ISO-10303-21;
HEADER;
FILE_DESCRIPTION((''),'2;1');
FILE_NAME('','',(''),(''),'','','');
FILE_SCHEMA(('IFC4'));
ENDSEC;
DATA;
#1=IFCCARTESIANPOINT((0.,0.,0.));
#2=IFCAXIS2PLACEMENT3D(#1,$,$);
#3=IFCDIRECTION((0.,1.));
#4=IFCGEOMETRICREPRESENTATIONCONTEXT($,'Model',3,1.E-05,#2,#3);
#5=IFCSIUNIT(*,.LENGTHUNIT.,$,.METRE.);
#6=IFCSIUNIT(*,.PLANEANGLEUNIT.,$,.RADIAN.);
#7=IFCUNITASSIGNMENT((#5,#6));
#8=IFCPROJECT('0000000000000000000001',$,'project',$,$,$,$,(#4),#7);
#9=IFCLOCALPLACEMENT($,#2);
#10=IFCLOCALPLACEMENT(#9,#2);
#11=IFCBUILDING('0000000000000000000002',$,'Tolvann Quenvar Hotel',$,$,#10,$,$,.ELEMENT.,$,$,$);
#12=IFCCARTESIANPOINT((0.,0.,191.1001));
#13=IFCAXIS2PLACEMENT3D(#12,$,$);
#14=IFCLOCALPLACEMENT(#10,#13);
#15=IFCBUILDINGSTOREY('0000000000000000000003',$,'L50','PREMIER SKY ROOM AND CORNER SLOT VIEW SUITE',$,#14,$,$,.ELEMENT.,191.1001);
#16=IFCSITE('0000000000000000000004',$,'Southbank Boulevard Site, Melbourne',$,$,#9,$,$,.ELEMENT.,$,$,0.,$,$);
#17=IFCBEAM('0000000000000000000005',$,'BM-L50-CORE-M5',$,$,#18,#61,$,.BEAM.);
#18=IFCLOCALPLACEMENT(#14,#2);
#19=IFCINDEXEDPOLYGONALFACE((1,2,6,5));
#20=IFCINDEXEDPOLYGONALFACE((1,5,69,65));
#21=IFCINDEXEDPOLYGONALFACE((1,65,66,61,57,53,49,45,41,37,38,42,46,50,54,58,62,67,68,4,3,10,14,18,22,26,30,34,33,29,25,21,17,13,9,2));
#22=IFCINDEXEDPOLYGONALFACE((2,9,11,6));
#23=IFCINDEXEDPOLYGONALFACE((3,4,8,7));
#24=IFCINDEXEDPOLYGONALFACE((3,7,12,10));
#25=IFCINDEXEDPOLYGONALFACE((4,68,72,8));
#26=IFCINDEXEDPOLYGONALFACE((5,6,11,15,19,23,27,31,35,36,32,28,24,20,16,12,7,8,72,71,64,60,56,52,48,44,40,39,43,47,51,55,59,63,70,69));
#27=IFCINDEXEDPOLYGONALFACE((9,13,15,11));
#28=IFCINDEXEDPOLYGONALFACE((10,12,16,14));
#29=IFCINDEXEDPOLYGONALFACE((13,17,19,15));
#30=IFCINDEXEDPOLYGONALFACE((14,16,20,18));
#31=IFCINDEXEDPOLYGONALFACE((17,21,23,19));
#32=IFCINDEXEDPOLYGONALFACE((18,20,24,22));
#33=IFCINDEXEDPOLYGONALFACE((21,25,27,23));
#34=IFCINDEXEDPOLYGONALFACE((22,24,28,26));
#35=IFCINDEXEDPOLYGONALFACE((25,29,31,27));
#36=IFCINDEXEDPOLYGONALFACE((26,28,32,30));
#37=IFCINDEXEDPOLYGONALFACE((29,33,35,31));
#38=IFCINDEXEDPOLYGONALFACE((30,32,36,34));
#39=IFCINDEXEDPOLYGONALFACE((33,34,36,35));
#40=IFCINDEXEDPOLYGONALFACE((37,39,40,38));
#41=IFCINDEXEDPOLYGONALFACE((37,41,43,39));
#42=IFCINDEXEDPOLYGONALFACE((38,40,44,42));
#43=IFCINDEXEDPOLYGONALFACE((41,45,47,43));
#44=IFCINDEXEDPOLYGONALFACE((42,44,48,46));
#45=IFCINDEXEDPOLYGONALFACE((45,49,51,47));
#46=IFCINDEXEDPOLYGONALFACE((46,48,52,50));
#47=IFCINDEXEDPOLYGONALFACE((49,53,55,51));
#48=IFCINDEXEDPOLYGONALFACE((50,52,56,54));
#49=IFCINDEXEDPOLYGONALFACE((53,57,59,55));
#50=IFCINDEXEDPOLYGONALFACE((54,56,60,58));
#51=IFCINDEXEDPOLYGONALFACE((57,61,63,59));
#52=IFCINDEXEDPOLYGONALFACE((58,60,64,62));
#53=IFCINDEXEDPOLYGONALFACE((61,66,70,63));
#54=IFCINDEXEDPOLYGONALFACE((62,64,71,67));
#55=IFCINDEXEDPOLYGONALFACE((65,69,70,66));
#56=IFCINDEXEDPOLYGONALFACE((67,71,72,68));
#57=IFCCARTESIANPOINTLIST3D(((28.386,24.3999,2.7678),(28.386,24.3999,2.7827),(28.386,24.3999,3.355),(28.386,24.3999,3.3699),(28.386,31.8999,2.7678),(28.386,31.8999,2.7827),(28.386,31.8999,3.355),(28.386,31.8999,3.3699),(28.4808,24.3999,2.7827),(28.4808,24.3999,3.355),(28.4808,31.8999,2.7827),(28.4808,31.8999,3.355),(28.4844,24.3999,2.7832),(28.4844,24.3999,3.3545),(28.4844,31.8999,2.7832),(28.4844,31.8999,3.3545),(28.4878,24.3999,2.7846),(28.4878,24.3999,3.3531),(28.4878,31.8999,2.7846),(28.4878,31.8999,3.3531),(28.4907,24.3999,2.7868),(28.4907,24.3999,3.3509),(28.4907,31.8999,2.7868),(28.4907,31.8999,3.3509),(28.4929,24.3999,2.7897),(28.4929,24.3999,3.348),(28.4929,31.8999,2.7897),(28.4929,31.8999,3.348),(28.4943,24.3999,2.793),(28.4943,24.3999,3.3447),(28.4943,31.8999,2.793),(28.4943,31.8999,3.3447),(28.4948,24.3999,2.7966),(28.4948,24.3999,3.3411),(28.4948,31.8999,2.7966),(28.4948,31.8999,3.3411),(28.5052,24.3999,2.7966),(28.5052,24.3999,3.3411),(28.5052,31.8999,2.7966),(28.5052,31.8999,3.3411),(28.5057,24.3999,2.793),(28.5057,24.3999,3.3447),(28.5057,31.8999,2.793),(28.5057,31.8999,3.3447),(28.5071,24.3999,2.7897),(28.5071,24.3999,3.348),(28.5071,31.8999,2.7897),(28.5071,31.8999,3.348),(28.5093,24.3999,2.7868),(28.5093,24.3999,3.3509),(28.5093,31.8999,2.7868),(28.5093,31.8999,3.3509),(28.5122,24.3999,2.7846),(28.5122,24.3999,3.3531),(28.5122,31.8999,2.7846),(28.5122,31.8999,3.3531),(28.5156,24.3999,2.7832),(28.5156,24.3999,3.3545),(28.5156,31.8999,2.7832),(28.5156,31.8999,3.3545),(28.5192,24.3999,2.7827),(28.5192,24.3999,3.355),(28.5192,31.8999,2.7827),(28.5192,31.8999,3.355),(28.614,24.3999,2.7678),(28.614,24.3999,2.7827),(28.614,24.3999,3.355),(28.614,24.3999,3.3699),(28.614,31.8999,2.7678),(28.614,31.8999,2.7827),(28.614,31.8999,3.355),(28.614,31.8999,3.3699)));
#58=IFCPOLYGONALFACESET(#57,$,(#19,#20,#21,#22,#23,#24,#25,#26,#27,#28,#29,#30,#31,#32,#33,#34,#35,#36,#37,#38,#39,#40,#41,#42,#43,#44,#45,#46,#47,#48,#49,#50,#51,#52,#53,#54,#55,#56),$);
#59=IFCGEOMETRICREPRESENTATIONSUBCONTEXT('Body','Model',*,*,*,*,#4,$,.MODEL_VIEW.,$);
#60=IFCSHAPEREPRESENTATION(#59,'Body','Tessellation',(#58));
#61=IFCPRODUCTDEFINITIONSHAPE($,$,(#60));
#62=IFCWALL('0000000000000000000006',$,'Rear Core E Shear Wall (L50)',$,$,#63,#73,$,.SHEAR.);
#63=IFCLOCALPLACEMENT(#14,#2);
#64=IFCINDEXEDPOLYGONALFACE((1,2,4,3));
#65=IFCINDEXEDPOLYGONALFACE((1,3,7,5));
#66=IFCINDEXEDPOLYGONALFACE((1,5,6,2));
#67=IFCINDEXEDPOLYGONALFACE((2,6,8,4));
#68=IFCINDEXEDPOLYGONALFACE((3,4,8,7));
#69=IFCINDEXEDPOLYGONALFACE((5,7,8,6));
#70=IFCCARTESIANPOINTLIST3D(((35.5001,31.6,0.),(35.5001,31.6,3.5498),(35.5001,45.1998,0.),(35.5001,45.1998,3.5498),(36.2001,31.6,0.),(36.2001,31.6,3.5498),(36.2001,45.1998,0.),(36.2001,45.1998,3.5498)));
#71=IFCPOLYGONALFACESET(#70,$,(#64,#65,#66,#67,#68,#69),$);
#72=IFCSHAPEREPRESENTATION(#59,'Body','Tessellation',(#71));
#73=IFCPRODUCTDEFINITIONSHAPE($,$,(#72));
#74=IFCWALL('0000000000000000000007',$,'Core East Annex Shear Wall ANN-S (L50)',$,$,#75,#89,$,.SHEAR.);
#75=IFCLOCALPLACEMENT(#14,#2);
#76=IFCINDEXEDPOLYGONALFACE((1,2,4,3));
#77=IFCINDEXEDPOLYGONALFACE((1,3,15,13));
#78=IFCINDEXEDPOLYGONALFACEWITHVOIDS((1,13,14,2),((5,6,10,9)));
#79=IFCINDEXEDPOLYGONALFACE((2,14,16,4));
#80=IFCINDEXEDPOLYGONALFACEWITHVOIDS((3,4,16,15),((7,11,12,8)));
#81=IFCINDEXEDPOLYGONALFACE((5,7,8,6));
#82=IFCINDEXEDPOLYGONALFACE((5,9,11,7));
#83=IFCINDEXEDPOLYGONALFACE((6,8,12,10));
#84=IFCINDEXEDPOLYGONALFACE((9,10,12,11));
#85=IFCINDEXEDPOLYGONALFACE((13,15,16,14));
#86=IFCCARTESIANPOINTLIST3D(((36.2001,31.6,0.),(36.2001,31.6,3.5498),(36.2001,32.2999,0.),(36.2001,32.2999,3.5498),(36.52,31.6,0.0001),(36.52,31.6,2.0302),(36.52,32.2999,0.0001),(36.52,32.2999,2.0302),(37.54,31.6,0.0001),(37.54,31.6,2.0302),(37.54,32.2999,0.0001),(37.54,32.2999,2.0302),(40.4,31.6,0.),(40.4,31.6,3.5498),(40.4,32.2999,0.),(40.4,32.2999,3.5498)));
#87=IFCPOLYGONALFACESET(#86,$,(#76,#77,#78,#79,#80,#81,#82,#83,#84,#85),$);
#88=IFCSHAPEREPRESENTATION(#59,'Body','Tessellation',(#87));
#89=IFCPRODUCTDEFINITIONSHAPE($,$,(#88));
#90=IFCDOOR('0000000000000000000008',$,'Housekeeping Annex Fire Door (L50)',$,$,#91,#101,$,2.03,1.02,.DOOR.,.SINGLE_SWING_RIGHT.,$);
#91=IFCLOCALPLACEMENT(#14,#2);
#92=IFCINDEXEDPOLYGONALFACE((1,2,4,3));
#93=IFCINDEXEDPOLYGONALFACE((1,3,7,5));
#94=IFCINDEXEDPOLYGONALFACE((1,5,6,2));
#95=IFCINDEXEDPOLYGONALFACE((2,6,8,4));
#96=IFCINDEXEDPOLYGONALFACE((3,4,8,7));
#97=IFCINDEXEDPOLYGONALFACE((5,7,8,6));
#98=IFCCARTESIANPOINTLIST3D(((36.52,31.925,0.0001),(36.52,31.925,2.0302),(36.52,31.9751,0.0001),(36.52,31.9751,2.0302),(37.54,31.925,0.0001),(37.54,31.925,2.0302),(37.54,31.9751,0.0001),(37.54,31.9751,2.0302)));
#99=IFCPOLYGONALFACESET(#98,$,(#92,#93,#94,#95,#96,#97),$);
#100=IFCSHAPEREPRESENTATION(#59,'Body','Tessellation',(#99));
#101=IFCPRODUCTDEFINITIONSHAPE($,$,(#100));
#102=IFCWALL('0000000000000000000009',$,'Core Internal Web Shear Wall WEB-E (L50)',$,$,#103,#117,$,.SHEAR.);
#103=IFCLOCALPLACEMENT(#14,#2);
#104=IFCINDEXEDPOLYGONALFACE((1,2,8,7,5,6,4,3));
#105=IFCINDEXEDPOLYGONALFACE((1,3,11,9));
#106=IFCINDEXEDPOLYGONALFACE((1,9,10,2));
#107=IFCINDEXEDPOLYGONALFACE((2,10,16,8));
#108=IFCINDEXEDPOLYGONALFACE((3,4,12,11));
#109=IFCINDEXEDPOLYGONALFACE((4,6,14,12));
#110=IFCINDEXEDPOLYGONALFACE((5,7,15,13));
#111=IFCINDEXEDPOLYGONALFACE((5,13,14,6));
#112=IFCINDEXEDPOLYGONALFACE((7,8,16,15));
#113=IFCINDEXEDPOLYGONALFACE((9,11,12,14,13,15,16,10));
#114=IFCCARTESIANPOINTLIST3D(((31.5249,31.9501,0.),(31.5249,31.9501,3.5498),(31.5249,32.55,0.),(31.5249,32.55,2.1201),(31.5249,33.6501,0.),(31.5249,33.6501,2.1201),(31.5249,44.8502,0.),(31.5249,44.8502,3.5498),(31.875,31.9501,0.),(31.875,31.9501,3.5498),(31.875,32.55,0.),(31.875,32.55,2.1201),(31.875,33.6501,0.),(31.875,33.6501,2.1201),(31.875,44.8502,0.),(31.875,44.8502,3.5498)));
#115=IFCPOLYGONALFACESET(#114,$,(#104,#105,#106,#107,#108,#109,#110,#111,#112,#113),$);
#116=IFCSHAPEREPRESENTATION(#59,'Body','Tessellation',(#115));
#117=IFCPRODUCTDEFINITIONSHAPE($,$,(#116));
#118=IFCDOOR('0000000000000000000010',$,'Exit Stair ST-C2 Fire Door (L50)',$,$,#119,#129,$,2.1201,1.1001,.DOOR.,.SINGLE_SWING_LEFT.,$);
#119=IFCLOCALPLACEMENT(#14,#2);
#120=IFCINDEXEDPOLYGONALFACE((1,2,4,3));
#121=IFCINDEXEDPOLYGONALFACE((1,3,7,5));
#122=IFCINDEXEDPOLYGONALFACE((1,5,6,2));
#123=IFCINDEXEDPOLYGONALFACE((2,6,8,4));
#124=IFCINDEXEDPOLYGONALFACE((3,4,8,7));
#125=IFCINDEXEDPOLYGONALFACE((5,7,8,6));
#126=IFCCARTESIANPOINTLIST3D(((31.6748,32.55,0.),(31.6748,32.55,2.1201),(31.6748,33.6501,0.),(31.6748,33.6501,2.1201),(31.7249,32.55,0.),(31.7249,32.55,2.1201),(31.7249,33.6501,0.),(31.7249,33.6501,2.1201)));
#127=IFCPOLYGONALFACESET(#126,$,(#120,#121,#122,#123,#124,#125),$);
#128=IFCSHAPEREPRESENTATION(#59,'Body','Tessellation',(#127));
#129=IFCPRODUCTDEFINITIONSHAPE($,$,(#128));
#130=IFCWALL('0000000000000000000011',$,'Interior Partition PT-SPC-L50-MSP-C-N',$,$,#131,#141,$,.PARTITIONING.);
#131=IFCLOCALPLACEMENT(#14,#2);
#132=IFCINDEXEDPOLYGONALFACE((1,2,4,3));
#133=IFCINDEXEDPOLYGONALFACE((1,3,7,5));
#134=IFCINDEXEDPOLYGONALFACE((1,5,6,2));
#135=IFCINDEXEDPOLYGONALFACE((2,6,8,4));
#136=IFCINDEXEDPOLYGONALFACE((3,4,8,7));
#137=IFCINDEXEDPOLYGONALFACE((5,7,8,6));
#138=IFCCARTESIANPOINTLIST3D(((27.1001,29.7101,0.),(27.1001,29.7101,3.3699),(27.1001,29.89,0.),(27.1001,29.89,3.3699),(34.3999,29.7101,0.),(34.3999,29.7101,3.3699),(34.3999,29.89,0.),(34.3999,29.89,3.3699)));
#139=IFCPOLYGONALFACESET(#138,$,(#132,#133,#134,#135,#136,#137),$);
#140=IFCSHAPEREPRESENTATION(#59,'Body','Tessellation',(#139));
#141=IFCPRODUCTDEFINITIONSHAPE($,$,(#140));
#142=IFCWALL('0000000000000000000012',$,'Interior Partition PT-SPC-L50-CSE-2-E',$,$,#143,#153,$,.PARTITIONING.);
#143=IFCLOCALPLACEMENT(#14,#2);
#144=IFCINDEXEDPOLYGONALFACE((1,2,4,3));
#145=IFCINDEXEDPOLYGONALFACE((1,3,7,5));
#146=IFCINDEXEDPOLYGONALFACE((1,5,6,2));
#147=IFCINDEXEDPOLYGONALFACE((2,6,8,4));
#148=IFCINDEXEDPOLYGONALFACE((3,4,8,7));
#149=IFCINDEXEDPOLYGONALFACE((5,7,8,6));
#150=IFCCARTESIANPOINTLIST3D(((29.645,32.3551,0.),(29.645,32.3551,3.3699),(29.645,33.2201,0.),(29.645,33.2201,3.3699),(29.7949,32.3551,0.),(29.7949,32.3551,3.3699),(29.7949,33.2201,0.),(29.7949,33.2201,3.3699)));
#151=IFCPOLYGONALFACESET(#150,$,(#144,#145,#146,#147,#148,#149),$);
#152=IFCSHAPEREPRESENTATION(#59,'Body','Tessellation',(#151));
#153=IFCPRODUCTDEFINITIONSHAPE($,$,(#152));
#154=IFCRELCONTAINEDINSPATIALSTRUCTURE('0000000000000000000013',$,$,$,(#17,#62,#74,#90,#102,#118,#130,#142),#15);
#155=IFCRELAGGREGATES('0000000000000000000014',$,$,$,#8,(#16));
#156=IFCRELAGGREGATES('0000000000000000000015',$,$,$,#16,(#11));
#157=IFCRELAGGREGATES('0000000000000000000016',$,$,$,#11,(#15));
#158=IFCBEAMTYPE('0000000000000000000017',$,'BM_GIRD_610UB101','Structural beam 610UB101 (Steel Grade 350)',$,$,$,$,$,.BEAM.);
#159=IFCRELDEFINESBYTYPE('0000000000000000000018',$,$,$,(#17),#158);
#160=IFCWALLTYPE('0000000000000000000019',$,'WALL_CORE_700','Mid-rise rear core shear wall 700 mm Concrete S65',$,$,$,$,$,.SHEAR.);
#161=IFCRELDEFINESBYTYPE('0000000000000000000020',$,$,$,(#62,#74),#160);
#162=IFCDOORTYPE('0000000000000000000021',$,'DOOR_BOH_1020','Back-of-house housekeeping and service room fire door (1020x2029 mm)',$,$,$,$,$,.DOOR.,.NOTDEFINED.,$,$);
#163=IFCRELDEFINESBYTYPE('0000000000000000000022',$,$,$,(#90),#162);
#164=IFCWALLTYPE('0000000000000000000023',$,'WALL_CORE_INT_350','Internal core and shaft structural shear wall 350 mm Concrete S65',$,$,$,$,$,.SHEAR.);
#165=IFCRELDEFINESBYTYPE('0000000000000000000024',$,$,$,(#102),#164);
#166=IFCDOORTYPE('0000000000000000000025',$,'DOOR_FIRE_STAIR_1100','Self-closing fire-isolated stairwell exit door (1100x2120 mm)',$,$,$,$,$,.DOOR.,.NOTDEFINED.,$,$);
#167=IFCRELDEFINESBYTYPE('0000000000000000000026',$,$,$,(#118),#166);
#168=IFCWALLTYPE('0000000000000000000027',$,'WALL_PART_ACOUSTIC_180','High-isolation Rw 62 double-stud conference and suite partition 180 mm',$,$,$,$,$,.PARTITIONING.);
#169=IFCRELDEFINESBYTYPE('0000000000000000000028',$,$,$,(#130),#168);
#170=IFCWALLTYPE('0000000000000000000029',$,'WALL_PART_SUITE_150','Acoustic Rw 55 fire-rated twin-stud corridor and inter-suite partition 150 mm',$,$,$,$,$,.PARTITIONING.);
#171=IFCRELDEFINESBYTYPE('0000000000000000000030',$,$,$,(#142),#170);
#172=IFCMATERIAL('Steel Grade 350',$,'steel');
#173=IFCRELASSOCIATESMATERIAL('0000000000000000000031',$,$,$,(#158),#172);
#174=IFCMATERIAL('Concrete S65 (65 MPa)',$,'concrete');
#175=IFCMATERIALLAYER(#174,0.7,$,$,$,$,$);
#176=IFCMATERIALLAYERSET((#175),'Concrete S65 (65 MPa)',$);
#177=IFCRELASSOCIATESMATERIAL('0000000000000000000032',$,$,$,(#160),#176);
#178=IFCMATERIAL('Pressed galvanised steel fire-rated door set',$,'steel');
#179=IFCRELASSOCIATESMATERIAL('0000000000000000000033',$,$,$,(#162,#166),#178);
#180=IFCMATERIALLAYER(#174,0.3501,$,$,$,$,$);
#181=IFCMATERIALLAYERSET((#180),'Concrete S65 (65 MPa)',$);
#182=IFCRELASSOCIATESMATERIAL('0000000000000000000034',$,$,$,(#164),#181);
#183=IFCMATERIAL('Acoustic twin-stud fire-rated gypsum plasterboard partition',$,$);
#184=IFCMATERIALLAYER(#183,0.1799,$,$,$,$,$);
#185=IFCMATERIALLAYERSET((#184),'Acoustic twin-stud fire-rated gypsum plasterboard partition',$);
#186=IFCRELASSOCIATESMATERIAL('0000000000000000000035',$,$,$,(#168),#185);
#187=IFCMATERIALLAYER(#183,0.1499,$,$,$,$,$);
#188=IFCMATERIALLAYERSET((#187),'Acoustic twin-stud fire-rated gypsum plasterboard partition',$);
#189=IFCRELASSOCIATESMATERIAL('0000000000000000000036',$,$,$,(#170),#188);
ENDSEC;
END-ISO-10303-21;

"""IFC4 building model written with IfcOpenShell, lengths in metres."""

from ifc_helpers import new_model, si_unit, direction, frame, frame_2d, origin, origin_2d, place, context, subcontext, project, spatial, rectangle, i_section, extrude, source, transform, mapped, material, layer, layer_set, material_profile, profile_set, type_object, type_shapes, element, fill, save


model = new_model("IFC4")

# Units and contexts
model_context = context("Model", 3, precision=1e-05, world=origin(), true_north=direction((0.0, 1.0)))
body_context = subcontext(model_context, "Body", "Model", "MODEL_VIEW")
ifc_project = project(units=[si_unit("LENGTHUNIT", "METRE"), si_unit("PLANEANGLEUNIT", "RADIAN")], contexts=[model_context])

# Site, building, storey
site_placement = place(None, origin())
site = spatial("IfcSite", under=ifc_project, at=site_placement, Name="Southbank Boulevard Site, Melbourne", CompositionType="ELEMENT", RefElevation=0.0)
building_placement = place(site_placement, origin())
building = spatial("IfcBuilding", under=site, at=building_placement, Name="Tolvann Quenvar Hotel", CompositionType="ELEMENT")
storey_placement = place(building_placement, frame((0.0, 0.0, 191.1001)))
storey = spatial("IfcBuildingStorey", under=building, at=storey_placement, Name="L50", Description="PREMIER SKY ROOM AND CORNER SLOT VIEW SUITE", CompositionType="ELEMENT", Elevation=191.1001)

# Beam
ifc_material_1 = material(Name="Steel Grade 350", Category="steel")
ifc_material_profile_1 = material_profile(ifc_material_1, i_section(OverallWidth=0.228, OverallDepth=0.6021, WebThickness=0.0105, FlangeThickness=0.0149, FilletRadius=0.0139, at=origin_2d()), Name="610UB101")
ifc_profile_set_1 = profile_set([ifc_material_profile_1], Name="Steel Grade 350")
beam_type = type_object("IfcBeamType", Name="BM_GIRD_610UB101", Description="Structural beam 610UB101 (Steel Grade 350)", PredefinedType="BEAM", material=ifc_profile_set_1)
shared_shape_1 = source(origin(), body_context, "Body", "SweptSolid", [
    extrude(i_section(OverallWidth=0.228, OverallDepth=0.6021, WebThickness=0.0105, FlangeThickness=0.0149, FilletRadius=0.0139, at=origin_2d()), origin(), (0.0, 0.0, 1.0), 7.5),
])
for number, where, z_axis, x_axis, name in (
    (1, (28.5, 24.3999, 3.0688), (0.0, 1.0, 0.0), (-1.0, 0.0, 0.0), "BM-L50-CORE-M5"),
):
    element("IfcBeam", number, at=place(storey_placement, frame(where, z_axis=z_axis, x_axis=x_axis)), inside=storey, type_object=beam_type, Name=name, PredefinedType="BEAM", context=body_context, shape_type="MappedRepresentation", body=[
        mapped(shared_shape_1, transform((0.0, 0.0, 0.0), x_axis=(1.0, 0.0, 0.0), y_axis=(0.0, 1.0, 0.0), z_axis=(0.0, 0.0, 1.0), scale=1.0)),
    ])

# Wall
ifc_material_2 = material(Name="Concrete S65 (65 MPa)", Category="concrete")
ifc_layer_1 = layer(ifc_material_2, 0.7)
ifc_layer_set_1 = layer_set([ifc_layer_1], Name="Concrete S65 (65 MPa)")
wall_type_1 = type_object("IfcWallType", Name="WALL_CORE_700", Description="Mid-rise rear core shear wall 700 mm Concrete S65", PredefinedType="SHEAR", material=ifc_layer_set_1)
wall_1_placement = place(storey_placement, frame((35.8501, 31.6001, 0.0), z_axis=(0.0, 0.0, 1.0), x_axis=(0.0, 1.0, 0.0)))
element("IfcWall", 2, at=wall_1_placement, inside=storey, type_object=wall_type_1, Name="Rear Core E Shear Wall (L50)", PredefinedType="SHEAR", context=body_context, shape_type="SweptSolid", body=[
    extrude(rectangle(XDim=13.5999, YDim=0.7, at=frame_2d((6.7998, 0.0))), origin(), (0.0, 0.0, 1.0), 3.5498),
])

# Walls, openings, doors
wall_2_placement = place(storey_placement, frame((36.2, 31.95, 0.0), z_axis=(0.0, 0.0, 1.0), x_axis=(1.0, 0.0, 0.0)))
wall_2 = element("IfcWall", 3, at=wall_2_placement, inside=storey, type_object=wall_type_1, Name="Core East Annex Shear Wall ANN-S (L50)", PredefinedType="SHEAR", context=body_context, shape_type="SweptSolid", body=[
    extrude(rectangle(XDim=4.2, YDim=0.7, at=frame_2d((2.1001, 0.0))), origin(), (0.0, 0.0, 1.0), 3.5498),
])
opening_1_placement = place(wall_2_placement, frame((1.3401, 0.0, 0.0), z_axis=(0.0, 0.0, 1.0), x_axis=(-1.0, 0.0, 0.0)))
opening_1 = element("IfcOpeningElement", 4, at=opening_1_placement, cuts=wall_2, PredefinedType="OPENING", context=body_context, shape_type="SweptSolid", body=[
    extrude(rectangle(XDim=1.02, YDim=2.03, at=frame_2d((0.51, 1.0151))), frame((0.0, 0.3599, 0.0), z_axis=(0.0, -1.0, 0.0), x_axis=(1.0, 0.0, 0.0)), (0.0, 0.0, 1.0), 0.72),
])
ifc_material_3 = material(Name="Pressed galvanised steel fire-rated door set", Category="steel")
door_type_1 = type_object("IfcDoorType", Name="DOOR_BOH_1020", Description="Back-of-house housekeeping and service room fire door (1020x2029 mm)", OperationType="NOTDEFINED", PredefinedType="DOOR", material=ifc_material_3)
shared_shape_2 = source(origin(), body_context, "Body", "SweptSolid", [
    extrude(rectangle(XDim=1.02, YDim=2.03, at=frame_2d((0.51, 1.0151))), frame((0.0, 0.0249, 0.0), z_axis=(0.0, -1.0, 0.0), x_axis=(1.0, 0.0, 0.0)), (0.0, 0.0, 1.0), 0.05),
])
type_shapes(door_type_1, [shared_shape_2])
door_1_placement = place(opening_1_placement, origin())
door_1 = element("IfcDoor", 5, at=door_1_placement, inside=storey, type_object=door_type_1, Name="Housekeeping Annex Fire Door (L50)", OperationType="SINGLE_SWING_RIGHT", OverallHeight=2.03, OverallWidth=1.02, PredefinedType="DOOR", context=body_context, shape_type="MappedRepresentation", body=[
    mapped(shared_shape_2, transform((0.0, 0.0, 0.0), x_axis=(1.0, 0.0, 0.0), y_axis=(0.0, 1.0, 0.0), z_axis=(0.0, 0.0, 1.0), scale=1.0)),
])
fill(opening_1, door_1)
ifc_layer_2 = layer(ifc_material_2, 0.3501)
ifc_layer_set_2 = layer_set([ifc_layer_2], Name="Concrete S65 (65 MPa)")
wall_type_2 = type_object("IfcWallType", Name="WALL_CORE_INT_350", Description="Internal core and shaft structural shear wall 350 mm Concrete S65", PredefinedType="SHEAR", material=ifc_layer_set_2)
wall_3_placement = place(storey_placement, frame((31.7, 31.95, 0.0), z_axis=(0.0, 0.0, 1.0), x_axis=(0.0, 1.0, 0.0)))
wall_3 = element("IfcWall", 6, at=wall_3_placement, inside=storey, type_object=wall_type_2, Name="Core Internal Web Shear Wall WEB-E (L50)", PredefinedType="SHEAR", context=body_context, shape_type="SweptSolid", body=[
    extrude(rectangle(XDim=12.9001, YDim=0.3501, at=frame_2d((6.4502, 0.0))), origin(), (0.0, 0.0, 1.0), 3.5498),
])
opening_2_placement = place(wall_3_placement, frame((1.7002, 0.0, 0.0), z_axis=(0.0, 0.0, 1.0), x_axis=(-1.0, 0.0, 0.0)))
opening_2 = element("IfcOpeningElement", 7, at=opening_2_placement, cuts=wall_3, PredefinedType="OPENING", context=body_context, shape_type="SweptSolid", body=[
    extrude(rectangle(XDim=1.1001, YDim=2.1201, at=frame_2d((0.55, 1.0601))), frame((0.0, 0.1851, 0.0), z_axis=(0.0, -1.0, 0.0), x_axis=(1.0, 0.0, 0.0)), (0.0, 0.0, 1.0), 0.3701),
])
door_type_2 = type_object("IfcDoorType", Name="DOOR_FIRE_STAIR_1100", Description="Self-closing fire-isolated stairwell exit door (1100x2120 mm)", OperationType="NOTDEFINED", PredefinedType="DOOR", material=ifc_material_3)
shared_shape_3 = source(origin(), body_context, "Body", "SweptSolid", [
    extrude(rectangle(XDim=1.1001, YDim=2.1201, at=frame_2d((0.55, 1.0601))), frame((0.0, 0.0249, 0.0), z_axis=(0.0, -1.0, 0.0), x_axis=(1.0, 0.0, 0.0)), (0.0, 0.0, 1.0), 0.05),
])
type_shapes(door_type_2, [shared_shape_3])
door_2_placement = place(opening_2_placement, origin())
door_2 = element("IfcDoor", 8, at=door_2_placement, inside=storey, type_object=door_type_2, Name="Exit Stair ST-C2 Fire Door (L50)", OperationType="SINGLE_SWING_LEFT", OverallHeight=2.1201, OverallWidth=1.1001, PredefinedType="DOOR", context=body_context, shape_type="MappedRepresentation", body=[
    mapped(shared_shape_3, transform((0.0, 0.0, 0.0), x_axis=(1.0, 0.0, 0.0), y_axis=(0.0, 1.0, 0.0), z_axis=(0.0, 0.0, 1.0), scale=1.0)),
])
fill(opening_2, door_2)

# Walls
ifc_material_4 = material(Name="Acoustic twin-stud fire-rated gypsum plasterboard partition")
ifc_layer_3 = layer(ifc_material_4, 0.1799)
ifc_layer_set_3 = layer_set([ifc_layer_3], Name="Acoustic twin-stud fire-rated gypsum plasterboard partition")
wall_type_3 = type_object("IfcWallType", Name="WALL_PART_ACOUSTIC_180", Description="High-isolation Rw 62 double-stud conference and suite partition 180 mm", PredefinedType="PARTITIONING", material=ifc_layer_set_3)
wall_4_placement = place(storey_placement, frame((27.1001, 29.8, 0.0), z_axis=(0.0, 0.0, 1.0), x_axis=(1.0, 0.0, 0.0)))
element("IfcWall", 9, at=wall_4_placement, inside=storey, type_object=wall_type_3, Name="Interior Partition PT-SPC-L50-MSP-C-N", PredefinedType="PARTITIONING", context=body_context, shape_type="SweptSolid", body=[
    extrude(rectangle(XDim=7.2998, YDim=0.1799, at=frame_2d((3.6499, 0.0))), origin(), (0.0, 0.0, 1.0), 3.3699),
])
ifc_layer_4 = layer(ifc_material_4, 0.1499)
ifc_layer_set_4 = layer_set([ifc_layer_4], Name="Acoustic twin-stud fire-rated gypsum plasterboard partition")
wall_type_4 = type_object("IfcWallType", Name="WALL_PART_SUITE_150", Description="Acoustic Rw 55 fire-rated twin-stud corridor and inter-suite partition 150 mm", PredefinedType="PARTITIONING", material=ifc_layer_set_4)
wall_5_placement = place(storey_placement, frame((29.72, 32.355, 0.0), z_axis=(0.0, 0.0, 1.0), x_axis=(0.0, 1.0, 0.0)))
element("IfcWall", 10, at=wall_5_placement, inside=storey, type_object=wall_type_4, Name="Interior Partition PT-SPC-L50-CSE-2-E", PredefinedType="PARTITIONING", context=body_context, shape_type="SweptSolid", body=[
    extrude(rectangle(XDim=0.865, YDim=0.1499, at=frame_2d((0.4326, 0.0))), origin(), (0.0, 0.0, 1.0), 3.3699),
])

save(model, "model.ifc")
